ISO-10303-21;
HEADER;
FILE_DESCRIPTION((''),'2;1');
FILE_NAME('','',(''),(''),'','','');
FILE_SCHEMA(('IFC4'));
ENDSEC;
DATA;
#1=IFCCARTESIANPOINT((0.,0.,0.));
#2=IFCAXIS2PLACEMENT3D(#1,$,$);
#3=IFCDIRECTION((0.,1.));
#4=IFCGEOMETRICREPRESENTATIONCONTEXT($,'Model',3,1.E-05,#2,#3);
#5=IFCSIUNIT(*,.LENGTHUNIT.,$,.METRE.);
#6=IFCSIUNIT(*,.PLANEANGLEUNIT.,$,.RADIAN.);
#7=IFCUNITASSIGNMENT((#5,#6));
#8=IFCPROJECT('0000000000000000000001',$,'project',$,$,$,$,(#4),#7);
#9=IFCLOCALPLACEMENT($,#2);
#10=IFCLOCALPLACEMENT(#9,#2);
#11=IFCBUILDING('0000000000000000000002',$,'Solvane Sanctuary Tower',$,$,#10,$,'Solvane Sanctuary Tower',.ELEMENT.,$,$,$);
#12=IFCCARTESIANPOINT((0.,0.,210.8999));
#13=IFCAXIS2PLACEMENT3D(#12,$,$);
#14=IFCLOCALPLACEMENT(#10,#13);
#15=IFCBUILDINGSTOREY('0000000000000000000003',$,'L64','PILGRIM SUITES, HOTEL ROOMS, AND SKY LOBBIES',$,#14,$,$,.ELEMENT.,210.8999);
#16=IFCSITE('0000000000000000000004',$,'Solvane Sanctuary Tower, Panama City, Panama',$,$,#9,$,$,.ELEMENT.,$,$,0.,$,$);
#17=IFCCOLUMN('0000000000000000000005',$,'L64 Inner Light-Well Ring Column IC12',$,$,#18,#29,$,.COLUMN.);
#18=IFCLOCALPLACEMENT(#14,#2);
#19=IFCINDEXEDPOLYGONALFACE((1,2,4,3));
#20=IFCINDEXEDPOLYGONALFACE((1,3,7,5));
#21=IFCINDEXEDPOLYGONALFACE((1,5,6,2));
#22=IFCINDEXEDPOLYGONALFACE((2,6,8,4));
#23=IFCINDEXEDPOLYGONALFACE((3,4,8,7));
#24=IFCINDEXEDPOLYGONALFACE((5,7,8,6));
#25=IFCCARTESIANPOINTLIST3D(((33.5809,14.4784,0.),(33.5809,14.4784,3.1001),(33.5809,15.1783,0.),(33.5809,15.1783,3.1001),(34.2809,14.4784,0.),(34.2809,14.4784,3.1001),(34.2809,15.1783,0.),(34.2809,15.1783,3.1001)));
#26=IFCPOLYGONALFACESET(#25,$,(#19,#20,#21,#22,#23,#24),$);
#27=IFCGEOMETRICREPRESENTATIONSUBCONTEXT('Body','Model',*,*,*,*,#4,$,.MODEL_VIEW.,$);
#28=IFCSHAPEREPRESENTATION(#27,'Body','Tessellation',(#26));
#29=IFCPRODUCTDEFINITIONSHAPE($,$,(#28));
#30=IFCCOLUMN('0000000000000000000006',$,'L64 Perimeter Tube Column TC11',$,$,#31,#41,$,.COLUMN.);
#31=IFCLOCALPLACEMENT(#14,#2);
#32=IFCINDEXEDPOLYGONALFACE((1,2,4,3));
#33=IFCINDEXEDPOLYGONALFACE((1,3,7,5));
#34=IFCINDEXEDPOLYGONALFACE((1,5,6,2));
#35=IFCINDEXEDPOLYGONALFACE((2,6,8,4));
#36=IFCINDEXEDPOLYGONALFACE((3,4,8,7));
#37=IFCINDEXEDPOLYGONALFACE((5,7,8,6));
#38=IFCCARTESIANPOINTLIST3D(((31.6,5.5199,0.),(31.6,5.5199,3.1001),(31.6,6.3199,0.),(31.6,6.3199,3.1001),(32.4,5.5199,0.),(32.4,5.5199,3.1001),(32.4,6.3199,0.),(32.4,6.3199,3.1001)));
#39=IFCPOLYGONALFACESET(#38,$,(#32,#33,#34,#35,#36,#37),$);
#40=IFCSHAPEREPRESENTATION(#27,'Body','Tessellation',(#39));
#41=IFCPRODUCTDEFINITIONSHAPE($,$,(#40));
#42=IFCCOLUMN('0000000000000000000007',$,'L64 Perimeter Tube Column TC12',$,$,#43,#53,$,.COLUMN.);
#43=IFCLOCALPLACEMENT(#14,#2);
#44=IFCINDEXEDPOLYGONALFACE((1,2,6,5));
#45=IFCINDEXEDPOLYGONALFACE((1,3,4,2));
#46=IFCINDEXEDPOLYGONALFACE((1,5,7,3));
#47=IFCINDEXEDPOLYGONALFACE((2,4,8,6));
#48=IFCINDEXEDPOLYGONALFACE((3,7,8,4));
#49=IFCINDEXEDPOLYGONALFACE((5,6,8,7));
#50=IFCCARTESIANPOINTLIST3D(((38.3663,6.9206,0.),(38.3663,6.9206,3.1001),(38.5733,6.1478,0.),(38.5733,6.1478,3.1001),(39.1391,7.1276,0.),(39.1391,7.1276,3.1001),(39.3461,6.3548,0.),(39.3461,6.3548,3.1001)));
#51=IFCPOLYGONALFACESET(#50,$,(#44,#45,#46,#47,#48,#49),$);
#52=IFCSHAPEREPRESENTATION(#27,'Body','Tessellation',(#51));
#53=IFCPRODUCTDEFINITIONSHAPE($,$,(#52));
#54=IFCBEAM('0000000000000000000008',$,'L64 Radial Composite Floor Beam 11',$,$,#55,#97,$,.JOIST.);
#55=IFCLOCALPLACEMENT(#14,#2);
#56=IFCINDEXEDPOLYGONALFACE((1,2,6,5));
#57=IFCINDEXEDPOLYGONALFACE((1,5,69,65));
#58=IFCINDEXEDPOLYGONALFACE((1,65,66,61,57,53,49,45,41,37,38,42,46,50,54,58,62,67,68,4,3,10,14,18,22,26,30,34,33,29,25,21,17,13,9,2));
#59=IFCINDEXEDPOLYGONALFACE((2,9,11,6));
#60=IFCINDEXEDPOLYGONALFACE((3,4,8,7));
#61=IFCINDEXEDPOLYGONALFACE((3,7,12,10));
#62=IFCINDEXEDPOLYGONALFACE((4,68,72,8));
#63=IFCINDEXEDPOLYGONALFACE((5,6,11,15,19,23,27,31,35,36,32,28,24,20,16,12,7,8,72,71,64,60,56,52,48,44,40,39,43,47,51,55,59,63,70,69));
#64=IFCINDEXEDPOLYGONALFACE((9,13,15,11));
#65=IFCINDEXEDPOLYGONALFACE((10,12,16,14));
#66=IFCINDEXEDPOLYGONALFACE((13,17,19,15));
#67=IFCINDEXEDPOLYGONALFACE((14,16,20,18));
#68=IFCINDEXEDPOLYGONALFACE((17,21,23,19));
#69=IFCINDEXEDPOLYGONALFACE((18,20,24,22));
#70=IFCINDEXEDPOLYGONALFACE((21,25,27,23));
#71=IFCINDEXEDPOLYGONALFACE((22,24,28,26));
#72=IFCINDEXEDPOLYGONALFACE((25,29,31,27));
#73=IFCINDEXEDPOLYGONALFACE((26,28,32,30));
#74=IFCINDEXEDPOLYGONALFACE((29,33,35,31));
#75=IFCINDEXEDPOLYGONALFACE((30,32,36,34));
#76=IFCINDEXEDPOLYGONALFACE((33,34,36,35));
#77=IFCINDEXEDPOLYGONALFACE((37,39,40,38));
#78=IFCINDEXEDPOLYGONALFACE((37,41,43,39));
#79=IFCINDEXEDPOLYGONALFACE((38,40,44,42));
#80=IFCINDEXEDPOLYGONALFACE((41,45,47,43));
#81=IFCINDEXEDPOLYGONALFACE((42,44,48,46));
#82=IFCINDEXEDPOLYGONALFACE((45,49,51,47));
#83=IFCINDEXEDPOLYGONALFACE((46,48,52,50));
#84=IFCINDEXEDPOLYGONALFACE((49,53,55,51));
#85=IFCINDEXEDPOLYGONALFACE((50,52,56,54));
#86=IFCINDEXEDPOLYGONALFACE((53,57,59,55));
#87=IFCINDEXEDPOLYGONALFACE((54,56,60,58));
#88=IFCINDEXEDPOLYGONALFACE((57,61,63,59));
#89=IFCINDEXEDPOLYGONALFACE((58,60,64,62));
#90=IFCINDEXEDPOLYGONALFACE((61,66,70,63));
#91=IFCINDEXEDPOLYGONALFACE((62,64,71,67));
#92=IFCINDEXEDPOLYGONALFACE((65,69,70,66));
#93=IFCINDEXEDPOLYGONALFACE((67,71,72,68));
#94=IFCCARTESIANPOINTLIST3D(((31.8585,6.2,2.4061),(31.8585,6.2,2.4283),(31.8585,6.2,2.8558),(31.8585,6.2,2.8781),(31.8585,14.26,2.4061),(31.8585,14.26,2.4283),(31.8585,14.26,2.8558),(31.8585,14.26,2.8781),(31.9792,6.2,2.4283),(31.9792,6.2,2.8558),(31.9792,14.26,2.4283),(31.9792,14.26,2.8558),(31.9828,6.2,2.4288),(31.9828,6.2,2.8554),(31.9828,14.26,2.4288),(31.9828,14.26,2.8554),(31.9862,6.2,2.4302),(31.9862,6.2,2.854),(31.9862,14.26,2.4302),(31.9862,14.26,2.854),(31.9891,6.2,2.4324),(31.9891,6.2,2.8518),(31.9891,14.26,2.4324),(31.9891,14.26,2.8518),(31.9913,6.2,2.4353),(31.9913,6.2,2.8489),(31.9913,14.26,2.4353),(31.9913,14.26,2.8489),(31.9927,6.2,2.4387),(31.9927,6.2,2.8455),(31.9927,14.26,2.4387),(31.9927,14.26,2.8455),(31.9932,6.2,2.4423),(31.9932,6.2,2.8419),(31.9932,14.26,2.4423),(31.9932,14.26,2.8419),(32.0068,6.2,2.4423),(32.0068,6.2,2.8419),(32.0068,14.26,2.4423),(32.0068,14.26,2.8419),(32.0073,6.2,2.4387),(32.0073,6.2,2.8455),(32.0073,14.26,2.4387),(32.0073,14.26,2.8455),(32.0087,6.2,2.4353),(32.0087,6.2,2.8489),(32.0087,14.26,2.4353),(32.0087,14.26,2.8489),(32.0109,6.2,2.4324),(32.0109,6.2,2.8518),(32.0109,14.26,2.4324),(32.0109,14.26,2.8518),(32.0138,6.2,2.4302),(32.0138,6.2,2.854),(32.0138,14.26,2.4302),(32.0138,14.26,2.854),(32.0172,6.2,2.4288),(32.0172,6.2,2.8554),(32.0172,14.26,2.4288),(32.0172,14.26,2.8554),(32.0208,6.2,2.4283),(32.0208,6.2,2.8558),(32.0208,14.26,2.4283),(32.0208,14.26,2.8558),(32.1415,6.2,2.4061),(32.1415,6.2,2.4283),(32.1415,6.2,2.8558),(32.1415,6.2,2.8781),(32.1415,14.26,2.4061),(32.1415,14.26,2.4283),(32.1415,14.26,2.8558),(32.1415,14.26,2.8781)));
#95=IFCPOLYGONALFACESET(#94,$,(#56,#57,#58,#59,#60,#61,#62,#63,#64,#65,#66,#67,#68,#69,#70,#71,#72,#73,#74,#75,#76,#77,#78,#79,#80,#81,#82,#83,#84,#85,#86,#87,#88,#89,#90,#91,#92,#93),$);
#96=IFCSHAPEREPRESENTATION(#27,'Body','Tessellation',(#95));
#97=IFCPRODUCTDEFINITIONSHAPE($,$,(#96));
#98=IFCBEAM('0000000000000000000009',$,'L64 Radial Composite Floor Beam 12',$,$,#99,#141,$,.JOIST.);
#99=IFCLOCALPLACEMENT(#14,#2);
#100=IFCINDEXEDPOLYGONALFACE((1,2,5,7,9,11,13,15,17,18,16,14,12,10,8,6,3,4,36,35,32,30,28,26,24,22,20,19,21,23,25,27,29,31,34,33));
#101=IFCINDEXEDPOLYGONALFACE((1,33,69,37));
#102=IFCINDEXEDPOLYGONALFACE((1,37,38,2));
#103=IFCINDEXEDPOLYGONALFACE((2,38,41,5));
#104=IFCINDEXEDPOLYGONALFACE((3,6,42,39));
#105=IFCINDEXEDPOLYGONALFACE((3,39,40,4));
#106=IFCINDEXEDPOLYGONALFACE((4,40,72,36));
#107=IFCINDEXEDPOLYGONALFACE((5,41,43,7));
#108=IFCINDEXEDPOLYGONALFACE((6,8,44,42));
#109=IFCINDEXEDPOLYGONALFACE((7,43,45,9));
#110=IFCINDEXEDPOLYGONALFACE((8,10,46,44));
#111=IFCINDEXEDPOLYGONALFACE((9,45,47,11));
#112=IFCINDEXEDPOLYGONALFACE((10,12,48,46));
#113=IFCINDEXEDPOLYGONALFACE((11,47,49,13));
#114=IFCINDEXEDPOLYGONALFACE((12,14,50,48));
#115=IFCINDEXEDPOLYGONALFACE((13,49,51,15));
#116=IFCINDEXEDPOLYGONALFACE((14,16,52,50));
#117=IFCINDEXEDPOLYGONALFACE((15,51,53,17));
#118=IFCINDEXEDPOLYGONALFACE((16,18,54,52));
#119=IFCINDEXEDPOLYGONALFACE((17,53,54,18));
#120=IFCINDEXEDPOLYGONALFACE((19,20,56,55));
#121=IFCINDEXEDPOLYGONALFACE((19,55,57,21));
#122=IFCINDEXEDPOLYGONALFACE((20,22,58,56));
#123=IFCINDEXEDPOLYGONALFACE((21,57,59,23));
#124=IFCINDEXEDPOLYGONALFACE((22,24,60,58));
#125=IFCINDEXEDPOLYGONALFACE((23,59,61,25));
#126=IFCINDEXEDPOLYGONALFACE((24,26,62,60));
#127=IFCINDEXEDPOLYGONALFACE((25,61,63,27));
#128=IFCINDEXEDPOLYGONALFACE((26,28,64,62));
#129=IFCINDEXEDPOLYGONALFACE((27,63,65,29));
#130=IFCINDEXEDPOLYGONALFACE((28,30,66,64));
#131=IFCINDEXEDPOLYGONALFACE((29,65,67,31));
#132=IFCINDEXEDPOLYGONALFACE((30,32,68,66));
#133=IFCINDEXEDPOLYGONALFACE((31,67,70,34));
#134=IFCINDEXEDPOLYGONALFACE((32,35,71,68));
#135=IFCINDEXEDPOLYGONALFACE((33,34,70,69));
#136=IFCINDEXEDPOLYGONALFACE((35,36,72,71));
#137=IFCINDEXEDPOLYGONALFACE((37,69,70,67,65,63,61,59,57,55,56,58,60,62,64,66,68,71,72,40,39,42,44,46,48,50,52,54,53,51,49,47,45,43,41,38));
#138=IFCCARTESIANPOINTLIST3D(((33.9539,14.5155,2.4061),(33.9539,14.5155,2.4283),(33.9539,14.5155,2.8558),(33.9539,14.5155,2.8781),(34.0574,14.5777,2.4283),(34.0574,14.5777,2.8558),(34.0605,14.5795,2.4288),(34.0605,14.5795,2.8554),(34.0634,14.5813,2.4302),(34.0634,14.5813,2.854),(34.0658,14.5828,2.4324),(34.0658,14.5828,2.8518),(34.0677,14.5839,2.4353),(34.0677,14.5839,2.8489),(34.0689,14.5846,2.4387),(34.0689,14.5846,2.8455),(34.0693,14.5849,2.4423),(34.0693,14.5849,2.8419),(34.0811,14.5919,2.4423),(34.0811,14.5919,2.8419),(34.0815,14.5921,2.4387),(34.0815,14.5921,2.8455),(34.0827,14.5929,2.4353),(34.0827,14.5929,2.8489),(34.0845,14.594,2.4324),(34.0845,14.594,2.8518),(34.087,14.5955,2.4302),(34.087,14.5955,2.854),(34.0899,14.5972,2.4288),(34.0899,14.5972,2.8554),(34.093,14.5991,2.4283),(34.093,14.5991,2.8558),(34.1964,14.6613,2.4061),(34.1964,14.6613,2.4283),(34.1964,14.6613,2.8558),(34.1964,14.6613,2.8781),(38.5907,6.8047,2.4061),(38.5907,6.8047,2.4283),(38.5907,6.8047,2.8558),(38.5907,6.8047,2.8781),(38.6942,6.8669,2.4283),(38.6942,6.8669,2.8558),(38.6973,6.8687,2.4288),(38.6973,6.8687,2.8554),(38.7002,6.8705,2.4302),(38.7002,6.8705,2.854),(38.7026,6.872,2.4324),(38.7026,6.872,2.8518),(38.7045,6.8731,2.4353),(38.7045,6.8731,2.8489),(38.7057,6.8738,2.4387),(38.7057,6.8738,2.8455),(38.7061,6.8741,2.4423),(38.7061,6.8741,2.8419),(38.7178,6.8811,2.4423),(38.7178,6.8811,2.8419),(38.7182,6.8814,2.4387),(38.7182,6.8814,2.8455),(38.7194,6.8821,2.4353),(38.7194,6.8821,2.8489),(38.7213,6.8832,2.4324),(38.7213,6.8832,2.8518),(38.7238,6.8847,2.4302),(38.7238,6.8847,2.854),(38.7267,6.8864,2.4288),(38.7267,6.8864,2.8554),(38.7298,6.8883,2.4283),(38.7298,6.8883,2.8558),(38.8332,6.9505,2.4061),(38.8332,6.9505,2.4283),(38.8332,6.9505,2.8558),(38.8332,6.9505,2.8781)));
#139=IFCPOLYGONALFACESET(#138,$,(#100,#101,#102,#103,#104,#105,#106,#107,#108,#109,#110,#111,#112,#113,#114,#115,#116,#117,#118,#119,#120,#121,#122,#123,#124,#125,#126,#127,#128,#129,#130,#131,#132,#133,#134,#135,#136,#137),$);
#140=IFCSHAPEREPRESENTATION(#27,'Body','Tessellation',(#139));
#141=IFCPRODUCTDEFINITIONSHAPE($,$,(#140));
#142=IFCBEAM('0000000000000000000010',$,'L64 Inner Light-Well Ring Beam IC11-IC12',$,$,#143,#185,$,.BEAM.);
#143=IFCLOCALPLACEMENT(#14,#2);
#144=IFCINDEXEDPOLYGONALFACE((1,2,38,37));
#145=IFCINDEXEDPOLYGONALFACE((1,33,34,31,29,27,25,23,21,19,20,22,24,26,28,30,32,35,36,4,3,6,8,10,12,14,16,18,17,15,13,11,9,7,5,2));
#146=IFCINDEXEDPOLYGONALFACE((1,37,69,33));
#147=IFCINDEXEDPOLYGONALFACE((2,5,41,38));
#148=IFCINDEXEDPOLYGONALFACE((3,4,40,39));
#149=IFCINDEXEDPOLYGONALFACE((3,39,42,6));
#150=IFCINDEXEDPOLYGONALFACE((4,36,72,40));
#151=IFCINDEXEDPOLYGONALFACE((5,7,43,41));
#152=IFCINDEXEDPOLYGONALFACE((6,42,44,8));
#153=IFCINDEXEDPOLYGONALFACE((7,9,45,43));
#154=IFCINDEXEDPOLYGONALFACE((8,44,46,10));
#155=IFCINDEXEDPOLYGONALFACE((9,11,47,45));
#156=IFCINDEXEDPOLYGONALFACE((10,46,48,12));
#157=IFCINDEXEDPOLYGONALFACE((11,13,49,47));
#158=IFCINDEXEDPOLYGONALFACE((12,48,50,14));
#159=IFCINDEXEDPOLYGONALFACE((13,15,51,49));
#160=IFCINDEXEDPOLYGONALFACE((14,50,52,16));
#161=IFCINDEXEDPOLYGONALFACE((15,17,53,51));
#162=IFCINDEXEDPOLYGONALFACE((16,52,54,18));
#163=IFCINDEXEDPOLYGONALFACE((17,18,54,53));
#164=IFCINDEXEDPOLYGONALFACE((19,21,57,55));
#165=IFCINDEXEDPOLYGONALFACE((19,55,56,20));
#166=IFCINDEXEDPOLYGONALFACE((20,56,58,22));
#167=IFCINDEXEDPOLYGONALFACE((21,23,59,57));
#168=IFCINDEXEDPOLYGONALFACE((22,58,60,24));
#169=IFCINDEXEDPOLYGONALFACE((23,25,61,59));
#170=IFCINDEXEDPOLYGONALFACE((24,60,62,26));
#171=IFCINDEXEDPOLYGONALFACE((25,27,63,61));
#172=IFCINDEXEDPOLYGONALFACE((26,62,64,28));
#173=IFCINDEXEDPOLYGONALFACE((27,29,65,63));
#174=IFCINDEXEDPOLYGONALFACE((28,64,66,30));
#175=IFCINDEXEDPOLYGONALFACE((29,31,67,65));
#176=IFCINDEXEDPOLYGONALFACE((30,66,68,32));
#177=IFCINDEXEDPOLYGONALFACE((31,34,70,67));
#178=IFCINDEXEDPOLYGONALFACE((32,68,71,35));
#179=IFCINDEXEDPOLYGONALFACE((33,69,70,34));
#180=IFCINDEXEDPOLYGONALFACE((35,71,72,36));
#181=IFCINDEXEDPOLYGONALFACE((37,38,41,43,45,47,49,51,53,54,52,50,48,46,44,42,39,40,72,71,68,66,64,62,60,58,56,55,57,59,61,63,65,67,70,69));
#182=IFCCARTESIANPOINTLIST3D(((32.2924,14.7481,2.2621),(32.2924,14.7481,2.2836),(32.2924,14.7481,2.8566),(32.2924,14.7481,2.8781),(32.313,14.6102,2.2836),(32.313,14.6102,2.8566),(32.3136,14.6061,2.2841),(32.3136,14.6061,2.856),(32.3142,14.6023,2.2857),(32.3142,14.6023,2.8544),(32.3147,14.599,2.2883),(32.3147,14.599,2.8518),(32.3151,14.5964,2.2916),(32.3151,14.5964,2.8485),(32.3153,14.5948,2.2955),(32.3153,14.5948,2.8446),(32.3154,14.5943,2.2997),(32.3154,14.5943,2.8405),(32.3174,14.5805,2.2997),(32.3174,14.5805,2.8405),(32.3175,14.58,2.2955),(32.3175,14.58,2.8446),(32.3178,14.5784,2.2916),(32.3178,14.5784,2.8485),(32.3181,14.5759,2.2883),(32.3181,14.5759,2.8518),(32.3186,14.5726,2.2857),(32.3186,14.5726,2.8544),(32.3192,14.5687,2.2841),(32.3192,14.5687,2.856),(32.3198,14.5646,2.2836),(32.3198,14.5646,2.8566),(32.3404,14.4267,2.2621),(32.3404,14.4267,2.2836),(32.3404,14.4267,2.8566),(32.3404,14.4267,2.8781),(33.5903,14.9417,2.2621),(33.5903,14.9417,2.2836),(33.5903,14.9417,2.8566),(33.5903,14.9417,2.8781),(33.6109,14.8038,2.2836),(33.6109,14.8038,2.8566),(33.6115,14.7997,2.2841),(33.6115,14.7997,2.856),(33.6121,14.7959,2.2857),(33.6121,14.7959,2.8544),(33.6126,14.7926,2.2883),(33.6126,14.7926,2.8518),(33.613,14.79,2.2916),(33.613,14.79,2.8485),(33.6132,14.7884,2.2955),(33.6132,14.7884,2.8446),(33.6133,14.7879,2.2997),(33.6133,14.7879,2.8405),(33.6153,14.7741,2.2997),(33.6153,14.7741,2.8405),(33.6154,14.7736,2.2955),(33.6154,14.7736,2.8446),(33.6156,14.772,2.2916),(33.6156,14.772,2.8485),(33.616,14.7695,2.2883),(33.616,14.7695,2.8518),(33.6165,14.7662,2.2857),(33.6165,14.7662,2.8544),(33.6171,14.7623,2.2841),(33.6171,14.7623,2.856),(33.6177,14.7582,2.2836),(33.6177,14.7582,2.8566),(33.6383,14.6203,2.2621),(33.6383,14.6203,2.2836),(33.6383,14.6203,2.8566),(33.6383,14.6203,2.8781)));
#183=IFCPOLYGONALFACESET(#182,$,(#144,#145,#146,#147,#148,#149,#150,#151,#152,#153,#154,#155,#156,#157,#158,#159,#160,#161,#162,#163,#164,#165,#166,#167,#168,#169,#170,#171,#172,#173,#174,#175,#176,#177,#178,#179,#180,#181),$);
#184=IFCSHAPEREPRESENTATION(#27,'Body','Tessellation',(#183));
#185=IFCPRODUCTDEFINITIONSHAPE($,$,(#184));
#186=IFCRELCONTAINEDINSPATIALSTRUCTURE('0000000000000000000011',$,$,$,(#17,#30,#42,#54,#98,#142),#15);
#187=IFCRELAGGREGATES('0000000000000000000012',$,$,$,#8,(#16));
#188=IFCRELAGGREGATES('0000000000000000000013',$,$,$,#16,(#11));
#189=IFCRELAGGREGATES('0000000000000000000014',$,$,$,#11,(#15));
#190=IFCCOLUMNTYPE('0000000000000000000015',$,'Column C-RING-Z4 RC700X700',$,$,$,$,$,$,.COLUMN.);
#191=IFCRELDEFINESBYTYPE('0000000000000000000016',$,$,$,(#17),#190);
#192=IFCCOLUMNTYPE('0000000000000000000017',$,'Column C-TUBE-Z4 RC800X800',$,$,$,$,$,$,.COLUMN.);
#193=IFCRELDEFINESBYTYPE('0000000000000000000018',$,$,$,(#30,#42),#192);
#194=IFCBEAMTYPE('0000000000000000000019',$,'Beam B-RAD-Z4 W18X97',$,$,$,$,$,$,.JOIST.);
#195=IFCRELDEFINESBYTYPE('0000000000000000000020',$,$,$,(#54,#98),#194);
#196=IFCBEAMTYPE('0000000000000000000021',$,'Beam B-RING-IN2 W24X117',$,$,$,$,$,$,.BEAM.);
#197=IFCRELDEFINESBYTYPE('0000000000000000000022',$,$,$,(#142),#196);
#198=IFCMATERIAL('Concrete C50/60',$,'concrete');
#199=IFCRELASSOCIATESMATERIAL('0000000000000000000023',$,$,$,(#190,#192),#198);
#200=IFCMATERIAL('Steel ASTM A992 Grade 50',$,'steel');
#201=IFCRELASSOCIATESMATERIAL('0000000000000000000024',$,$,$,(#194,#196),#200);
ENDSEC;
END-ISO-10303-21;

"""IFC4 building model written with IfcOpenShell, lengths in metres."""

from ifc_helpers import new_model, si_unit, direction, frame, origin, origin_2d, place, context, subcontext, project, spatial, rectangle, i_section, extrude, material, material_profile, profile_set, type_object, element, save


model = new_model("IFC4")

# Units and contexts
model_context = context("Model", 3, precision=1e-05, world=origin(), true_north=direction((0.0, 1.0)))
body_context = subcontext(model_context, "Body", "Model", "MODEL_VIEW")
ifc_project = project(units=[si_unit("LENGTHUNIT", "METRE"), si_unit("PLANEANGLEUNIT", "RADIAN")], contexts=[model_context])

# Site, building, storey
site_placement = place(None, origin())
site = spatial("IfcSite", under=ifc_project, at=site_placement, Name="Solvane Sanctuary Tower, Panama City, Panama", CompositionType="ELEMENT", RefElevation=0.0)
building_placement = place(site_placement, origin())
building = spatial("IfcBuilding", under=site, at=building_placement, Name="Solvane Sanctuary Tower", LongName="Solvane Sanctuary Tower", CompositionType="ELEMENT")
storey_placement = place(building_placement, frame((0.0, 0.0, 210.8999)))
storey = spatial("IfcBuildingStorey", under=building, at=storey_placement, Name="L64", Description="PILGRIM SUITES, HOTEL ROOMS, AND SKY LOBBIES", CompositionType="ELEMENT", Elevation=210.8999)

# Columns
ifc_material_1 = material(Name="Concrete C50/60", Category="concrete")
ifc_material_profile_1 = material_profile(ifc_material_1, rectangle(XDim=0.7, YDim=0.7, at=origin_2d()), Name="RC700X700")
ifc_profile_set_1 = profile_set([ifc_material_profile_1], Name="Concrete C50/60")
column_type_1 = type_object("IfcColumnType", Name="Column C-RING-Z4 RC700X700", PredefinedType="COLUMN", material=ifc_profile_set_1)
column_placement = place(storey_placement, frame((33.9309, 14.8284, 0.0), z_axis=(0.0, 0.0, 1.0), x_axis=(1.0, 0.0, 0.0)))
element("IfcColumn", 1, at=column_placement, inside=storey, type_object=column_type_1, Name="L64 Inner Light-Well Ring Column IC12", PredefinedType="COLUMN", context=body_context, shape_type="SweptSolid", body=[
    extrude(rectangle(XDim=0.7, YDim=0.7, at=origin_2d()), origin(), (0.0, 0.0, 1.0), 3.1001),
])
ifc_material_profile_2 = material_profile(ifc_material_1, rectangle(XDim=0.8, YDim=0.8, at=origin_2d()), Name="RC800X800")
ifc_profile_set_2 = profile_set([ifc_material_profile_2], Name="Concrete C50/60")
column_type_2 = type_object("IfcColumnType", Name="Column C-TUBE-Z4 RC800X800", PredefinedType="COLUMN", material=ifc_profile_set_2)
for number, where, z_axis, x_axis, name in (
    (2, (32.0, 5.9199, 0.0), (0.0, 0.0, 1.0), (0.0, -1.0, 0.0), "L64 Perimeter Tube Column TC11"),
    (3, (38.8562, 6.6377, 0.0), (0.0, 0.0, 1.0), (0.258819, -0.965926, 0.0), "L64 Perimeter Tube Column TC12"),
):
    element("IfcColumn", number, at=place(storey_placement, frame(where, z_axis=z_axis, x_axis=x_axis)), inside=storey, type_object=column_type_2, Name=name, PredefinedType="COLUMN", context=body_context, shape_type="SweptSolid", body=[
        extrude(rectangle(XDim=0.8, YDim=0.8, at=origin_2d()), origin(), (0.0, 0.0, 1.0), 3.1001),
    ])

# Beams
ifc_material_2 = material(Name="Steel ASTM A992 Grade 50", Category="steel")
ifc_material_profile_3 = material_profile(ifc_material_2, i_section(OverallWidth=0.283, OverallDepth=0.4719, WebThickness=0.0137, FlangeThickness=0.0222, FilletRadius=0.0139, at=origin_2d()), Name="W18X97")
ifc_profile_set_3 = profile_set([ifc_material_profile_3], Name="Steel ASTM A992 Grade 50")
beam_type_1 = type_object("IfcBeamType", Name="Beam B-RAD-Z4 W18X97", PredefinedType="JOIST", material=ifc_profile_set_3)
beam_1_placement = place(storey_placement, frame((32.0, 14.26, 2.6421), z_axis=(0.0, -1.0, 0.0), x_axis=(1.0, 0.0, 0.0)))
element("IfcBeam", 4, at=beam_1_placement, inside=storey, type_object=beam_type_1, Name="L64 Radial Composite Floor Beam 11", PredefinedType="JOIST", context=body_context, shape_type="SweptSolid", body=[
    extrude(i_section(OverallWidth=0.283, OverallDepth=0.4719, WebThickness=0.0137, FlangeThickness=0.0222, FilletRadius=0.0139, at=origin_2d()), origin(), (0.0, 0.0, 1.0), 8.0601),
])
beam_2_placement = place(storey_placement, frame((34.0752, 14.5884, 2.6421), z_axis=(0.515337, -0.856987, 0.0), x_axis=(0.856987, 0.515337, 0.0)))
element("IfcBeam", 5, at=beam_2_placement, inside=storey, type_object=beam_type_1, Name="L64 Radial Composite Floor Beam 12", PredefinedType="JOIST", context=body_context, shape_type="SweptSolid", body=[
    extrude(i_section(OverallWidth=0.283, OverallDepth=0.4719, WebThickness=0.0137, FlangeThickness=0.0222, FilletRadius=0.0139, at=origin_2d()), origin(), (0.0, 0.0, 1.0), 8.9976),
])
ifc_material_profile_4 = material_profile(ifc_material_2, i_section(OverallWidth=0.325, OverallDepth=0.616, WebThickness=0.0139, FlangeThickness=0.0215, FilletRadius=0.0161, at=origin_2d()), Name="W24X117")
ifc_profile_set_4 = profile_set([ifc_material_profile_4], Name="Steel ASTM A992 Grade 50")
beam_type_2 = type_object("IfcBeamType", Name="Beam B-RING-IN2 W24X117", PredefinedType="BEAM", material=ifc_profile_set_4)
beam_3_placement = place(storey_placement, frame((32.3164, 14.5874, 2.5701), z_axis=(0.989056, 0.14754, 0.0), x_axis=(-0.14754, 0.989056, 0.0)))
element("IfcBeam", 6, at=beam_3_placement, inside=storey, type_object=beam_type_2, Name="L64 Inner Light-Well Ring Beam IC11-IC12", PredefinedType="BEAM", context=body_context, shape_type="SweptSolid", body=[
    extrude(i_section(OverallWidth=0.325, OverallDepth=0.616, WebThickness=0.0139, FlangeThickness=0.0215, FilletRadius=0.0161, at=origin_2d()), origin(), (0.0, 0.0, 1.0), 1.3123),
])

save(model, "model.ifc")
